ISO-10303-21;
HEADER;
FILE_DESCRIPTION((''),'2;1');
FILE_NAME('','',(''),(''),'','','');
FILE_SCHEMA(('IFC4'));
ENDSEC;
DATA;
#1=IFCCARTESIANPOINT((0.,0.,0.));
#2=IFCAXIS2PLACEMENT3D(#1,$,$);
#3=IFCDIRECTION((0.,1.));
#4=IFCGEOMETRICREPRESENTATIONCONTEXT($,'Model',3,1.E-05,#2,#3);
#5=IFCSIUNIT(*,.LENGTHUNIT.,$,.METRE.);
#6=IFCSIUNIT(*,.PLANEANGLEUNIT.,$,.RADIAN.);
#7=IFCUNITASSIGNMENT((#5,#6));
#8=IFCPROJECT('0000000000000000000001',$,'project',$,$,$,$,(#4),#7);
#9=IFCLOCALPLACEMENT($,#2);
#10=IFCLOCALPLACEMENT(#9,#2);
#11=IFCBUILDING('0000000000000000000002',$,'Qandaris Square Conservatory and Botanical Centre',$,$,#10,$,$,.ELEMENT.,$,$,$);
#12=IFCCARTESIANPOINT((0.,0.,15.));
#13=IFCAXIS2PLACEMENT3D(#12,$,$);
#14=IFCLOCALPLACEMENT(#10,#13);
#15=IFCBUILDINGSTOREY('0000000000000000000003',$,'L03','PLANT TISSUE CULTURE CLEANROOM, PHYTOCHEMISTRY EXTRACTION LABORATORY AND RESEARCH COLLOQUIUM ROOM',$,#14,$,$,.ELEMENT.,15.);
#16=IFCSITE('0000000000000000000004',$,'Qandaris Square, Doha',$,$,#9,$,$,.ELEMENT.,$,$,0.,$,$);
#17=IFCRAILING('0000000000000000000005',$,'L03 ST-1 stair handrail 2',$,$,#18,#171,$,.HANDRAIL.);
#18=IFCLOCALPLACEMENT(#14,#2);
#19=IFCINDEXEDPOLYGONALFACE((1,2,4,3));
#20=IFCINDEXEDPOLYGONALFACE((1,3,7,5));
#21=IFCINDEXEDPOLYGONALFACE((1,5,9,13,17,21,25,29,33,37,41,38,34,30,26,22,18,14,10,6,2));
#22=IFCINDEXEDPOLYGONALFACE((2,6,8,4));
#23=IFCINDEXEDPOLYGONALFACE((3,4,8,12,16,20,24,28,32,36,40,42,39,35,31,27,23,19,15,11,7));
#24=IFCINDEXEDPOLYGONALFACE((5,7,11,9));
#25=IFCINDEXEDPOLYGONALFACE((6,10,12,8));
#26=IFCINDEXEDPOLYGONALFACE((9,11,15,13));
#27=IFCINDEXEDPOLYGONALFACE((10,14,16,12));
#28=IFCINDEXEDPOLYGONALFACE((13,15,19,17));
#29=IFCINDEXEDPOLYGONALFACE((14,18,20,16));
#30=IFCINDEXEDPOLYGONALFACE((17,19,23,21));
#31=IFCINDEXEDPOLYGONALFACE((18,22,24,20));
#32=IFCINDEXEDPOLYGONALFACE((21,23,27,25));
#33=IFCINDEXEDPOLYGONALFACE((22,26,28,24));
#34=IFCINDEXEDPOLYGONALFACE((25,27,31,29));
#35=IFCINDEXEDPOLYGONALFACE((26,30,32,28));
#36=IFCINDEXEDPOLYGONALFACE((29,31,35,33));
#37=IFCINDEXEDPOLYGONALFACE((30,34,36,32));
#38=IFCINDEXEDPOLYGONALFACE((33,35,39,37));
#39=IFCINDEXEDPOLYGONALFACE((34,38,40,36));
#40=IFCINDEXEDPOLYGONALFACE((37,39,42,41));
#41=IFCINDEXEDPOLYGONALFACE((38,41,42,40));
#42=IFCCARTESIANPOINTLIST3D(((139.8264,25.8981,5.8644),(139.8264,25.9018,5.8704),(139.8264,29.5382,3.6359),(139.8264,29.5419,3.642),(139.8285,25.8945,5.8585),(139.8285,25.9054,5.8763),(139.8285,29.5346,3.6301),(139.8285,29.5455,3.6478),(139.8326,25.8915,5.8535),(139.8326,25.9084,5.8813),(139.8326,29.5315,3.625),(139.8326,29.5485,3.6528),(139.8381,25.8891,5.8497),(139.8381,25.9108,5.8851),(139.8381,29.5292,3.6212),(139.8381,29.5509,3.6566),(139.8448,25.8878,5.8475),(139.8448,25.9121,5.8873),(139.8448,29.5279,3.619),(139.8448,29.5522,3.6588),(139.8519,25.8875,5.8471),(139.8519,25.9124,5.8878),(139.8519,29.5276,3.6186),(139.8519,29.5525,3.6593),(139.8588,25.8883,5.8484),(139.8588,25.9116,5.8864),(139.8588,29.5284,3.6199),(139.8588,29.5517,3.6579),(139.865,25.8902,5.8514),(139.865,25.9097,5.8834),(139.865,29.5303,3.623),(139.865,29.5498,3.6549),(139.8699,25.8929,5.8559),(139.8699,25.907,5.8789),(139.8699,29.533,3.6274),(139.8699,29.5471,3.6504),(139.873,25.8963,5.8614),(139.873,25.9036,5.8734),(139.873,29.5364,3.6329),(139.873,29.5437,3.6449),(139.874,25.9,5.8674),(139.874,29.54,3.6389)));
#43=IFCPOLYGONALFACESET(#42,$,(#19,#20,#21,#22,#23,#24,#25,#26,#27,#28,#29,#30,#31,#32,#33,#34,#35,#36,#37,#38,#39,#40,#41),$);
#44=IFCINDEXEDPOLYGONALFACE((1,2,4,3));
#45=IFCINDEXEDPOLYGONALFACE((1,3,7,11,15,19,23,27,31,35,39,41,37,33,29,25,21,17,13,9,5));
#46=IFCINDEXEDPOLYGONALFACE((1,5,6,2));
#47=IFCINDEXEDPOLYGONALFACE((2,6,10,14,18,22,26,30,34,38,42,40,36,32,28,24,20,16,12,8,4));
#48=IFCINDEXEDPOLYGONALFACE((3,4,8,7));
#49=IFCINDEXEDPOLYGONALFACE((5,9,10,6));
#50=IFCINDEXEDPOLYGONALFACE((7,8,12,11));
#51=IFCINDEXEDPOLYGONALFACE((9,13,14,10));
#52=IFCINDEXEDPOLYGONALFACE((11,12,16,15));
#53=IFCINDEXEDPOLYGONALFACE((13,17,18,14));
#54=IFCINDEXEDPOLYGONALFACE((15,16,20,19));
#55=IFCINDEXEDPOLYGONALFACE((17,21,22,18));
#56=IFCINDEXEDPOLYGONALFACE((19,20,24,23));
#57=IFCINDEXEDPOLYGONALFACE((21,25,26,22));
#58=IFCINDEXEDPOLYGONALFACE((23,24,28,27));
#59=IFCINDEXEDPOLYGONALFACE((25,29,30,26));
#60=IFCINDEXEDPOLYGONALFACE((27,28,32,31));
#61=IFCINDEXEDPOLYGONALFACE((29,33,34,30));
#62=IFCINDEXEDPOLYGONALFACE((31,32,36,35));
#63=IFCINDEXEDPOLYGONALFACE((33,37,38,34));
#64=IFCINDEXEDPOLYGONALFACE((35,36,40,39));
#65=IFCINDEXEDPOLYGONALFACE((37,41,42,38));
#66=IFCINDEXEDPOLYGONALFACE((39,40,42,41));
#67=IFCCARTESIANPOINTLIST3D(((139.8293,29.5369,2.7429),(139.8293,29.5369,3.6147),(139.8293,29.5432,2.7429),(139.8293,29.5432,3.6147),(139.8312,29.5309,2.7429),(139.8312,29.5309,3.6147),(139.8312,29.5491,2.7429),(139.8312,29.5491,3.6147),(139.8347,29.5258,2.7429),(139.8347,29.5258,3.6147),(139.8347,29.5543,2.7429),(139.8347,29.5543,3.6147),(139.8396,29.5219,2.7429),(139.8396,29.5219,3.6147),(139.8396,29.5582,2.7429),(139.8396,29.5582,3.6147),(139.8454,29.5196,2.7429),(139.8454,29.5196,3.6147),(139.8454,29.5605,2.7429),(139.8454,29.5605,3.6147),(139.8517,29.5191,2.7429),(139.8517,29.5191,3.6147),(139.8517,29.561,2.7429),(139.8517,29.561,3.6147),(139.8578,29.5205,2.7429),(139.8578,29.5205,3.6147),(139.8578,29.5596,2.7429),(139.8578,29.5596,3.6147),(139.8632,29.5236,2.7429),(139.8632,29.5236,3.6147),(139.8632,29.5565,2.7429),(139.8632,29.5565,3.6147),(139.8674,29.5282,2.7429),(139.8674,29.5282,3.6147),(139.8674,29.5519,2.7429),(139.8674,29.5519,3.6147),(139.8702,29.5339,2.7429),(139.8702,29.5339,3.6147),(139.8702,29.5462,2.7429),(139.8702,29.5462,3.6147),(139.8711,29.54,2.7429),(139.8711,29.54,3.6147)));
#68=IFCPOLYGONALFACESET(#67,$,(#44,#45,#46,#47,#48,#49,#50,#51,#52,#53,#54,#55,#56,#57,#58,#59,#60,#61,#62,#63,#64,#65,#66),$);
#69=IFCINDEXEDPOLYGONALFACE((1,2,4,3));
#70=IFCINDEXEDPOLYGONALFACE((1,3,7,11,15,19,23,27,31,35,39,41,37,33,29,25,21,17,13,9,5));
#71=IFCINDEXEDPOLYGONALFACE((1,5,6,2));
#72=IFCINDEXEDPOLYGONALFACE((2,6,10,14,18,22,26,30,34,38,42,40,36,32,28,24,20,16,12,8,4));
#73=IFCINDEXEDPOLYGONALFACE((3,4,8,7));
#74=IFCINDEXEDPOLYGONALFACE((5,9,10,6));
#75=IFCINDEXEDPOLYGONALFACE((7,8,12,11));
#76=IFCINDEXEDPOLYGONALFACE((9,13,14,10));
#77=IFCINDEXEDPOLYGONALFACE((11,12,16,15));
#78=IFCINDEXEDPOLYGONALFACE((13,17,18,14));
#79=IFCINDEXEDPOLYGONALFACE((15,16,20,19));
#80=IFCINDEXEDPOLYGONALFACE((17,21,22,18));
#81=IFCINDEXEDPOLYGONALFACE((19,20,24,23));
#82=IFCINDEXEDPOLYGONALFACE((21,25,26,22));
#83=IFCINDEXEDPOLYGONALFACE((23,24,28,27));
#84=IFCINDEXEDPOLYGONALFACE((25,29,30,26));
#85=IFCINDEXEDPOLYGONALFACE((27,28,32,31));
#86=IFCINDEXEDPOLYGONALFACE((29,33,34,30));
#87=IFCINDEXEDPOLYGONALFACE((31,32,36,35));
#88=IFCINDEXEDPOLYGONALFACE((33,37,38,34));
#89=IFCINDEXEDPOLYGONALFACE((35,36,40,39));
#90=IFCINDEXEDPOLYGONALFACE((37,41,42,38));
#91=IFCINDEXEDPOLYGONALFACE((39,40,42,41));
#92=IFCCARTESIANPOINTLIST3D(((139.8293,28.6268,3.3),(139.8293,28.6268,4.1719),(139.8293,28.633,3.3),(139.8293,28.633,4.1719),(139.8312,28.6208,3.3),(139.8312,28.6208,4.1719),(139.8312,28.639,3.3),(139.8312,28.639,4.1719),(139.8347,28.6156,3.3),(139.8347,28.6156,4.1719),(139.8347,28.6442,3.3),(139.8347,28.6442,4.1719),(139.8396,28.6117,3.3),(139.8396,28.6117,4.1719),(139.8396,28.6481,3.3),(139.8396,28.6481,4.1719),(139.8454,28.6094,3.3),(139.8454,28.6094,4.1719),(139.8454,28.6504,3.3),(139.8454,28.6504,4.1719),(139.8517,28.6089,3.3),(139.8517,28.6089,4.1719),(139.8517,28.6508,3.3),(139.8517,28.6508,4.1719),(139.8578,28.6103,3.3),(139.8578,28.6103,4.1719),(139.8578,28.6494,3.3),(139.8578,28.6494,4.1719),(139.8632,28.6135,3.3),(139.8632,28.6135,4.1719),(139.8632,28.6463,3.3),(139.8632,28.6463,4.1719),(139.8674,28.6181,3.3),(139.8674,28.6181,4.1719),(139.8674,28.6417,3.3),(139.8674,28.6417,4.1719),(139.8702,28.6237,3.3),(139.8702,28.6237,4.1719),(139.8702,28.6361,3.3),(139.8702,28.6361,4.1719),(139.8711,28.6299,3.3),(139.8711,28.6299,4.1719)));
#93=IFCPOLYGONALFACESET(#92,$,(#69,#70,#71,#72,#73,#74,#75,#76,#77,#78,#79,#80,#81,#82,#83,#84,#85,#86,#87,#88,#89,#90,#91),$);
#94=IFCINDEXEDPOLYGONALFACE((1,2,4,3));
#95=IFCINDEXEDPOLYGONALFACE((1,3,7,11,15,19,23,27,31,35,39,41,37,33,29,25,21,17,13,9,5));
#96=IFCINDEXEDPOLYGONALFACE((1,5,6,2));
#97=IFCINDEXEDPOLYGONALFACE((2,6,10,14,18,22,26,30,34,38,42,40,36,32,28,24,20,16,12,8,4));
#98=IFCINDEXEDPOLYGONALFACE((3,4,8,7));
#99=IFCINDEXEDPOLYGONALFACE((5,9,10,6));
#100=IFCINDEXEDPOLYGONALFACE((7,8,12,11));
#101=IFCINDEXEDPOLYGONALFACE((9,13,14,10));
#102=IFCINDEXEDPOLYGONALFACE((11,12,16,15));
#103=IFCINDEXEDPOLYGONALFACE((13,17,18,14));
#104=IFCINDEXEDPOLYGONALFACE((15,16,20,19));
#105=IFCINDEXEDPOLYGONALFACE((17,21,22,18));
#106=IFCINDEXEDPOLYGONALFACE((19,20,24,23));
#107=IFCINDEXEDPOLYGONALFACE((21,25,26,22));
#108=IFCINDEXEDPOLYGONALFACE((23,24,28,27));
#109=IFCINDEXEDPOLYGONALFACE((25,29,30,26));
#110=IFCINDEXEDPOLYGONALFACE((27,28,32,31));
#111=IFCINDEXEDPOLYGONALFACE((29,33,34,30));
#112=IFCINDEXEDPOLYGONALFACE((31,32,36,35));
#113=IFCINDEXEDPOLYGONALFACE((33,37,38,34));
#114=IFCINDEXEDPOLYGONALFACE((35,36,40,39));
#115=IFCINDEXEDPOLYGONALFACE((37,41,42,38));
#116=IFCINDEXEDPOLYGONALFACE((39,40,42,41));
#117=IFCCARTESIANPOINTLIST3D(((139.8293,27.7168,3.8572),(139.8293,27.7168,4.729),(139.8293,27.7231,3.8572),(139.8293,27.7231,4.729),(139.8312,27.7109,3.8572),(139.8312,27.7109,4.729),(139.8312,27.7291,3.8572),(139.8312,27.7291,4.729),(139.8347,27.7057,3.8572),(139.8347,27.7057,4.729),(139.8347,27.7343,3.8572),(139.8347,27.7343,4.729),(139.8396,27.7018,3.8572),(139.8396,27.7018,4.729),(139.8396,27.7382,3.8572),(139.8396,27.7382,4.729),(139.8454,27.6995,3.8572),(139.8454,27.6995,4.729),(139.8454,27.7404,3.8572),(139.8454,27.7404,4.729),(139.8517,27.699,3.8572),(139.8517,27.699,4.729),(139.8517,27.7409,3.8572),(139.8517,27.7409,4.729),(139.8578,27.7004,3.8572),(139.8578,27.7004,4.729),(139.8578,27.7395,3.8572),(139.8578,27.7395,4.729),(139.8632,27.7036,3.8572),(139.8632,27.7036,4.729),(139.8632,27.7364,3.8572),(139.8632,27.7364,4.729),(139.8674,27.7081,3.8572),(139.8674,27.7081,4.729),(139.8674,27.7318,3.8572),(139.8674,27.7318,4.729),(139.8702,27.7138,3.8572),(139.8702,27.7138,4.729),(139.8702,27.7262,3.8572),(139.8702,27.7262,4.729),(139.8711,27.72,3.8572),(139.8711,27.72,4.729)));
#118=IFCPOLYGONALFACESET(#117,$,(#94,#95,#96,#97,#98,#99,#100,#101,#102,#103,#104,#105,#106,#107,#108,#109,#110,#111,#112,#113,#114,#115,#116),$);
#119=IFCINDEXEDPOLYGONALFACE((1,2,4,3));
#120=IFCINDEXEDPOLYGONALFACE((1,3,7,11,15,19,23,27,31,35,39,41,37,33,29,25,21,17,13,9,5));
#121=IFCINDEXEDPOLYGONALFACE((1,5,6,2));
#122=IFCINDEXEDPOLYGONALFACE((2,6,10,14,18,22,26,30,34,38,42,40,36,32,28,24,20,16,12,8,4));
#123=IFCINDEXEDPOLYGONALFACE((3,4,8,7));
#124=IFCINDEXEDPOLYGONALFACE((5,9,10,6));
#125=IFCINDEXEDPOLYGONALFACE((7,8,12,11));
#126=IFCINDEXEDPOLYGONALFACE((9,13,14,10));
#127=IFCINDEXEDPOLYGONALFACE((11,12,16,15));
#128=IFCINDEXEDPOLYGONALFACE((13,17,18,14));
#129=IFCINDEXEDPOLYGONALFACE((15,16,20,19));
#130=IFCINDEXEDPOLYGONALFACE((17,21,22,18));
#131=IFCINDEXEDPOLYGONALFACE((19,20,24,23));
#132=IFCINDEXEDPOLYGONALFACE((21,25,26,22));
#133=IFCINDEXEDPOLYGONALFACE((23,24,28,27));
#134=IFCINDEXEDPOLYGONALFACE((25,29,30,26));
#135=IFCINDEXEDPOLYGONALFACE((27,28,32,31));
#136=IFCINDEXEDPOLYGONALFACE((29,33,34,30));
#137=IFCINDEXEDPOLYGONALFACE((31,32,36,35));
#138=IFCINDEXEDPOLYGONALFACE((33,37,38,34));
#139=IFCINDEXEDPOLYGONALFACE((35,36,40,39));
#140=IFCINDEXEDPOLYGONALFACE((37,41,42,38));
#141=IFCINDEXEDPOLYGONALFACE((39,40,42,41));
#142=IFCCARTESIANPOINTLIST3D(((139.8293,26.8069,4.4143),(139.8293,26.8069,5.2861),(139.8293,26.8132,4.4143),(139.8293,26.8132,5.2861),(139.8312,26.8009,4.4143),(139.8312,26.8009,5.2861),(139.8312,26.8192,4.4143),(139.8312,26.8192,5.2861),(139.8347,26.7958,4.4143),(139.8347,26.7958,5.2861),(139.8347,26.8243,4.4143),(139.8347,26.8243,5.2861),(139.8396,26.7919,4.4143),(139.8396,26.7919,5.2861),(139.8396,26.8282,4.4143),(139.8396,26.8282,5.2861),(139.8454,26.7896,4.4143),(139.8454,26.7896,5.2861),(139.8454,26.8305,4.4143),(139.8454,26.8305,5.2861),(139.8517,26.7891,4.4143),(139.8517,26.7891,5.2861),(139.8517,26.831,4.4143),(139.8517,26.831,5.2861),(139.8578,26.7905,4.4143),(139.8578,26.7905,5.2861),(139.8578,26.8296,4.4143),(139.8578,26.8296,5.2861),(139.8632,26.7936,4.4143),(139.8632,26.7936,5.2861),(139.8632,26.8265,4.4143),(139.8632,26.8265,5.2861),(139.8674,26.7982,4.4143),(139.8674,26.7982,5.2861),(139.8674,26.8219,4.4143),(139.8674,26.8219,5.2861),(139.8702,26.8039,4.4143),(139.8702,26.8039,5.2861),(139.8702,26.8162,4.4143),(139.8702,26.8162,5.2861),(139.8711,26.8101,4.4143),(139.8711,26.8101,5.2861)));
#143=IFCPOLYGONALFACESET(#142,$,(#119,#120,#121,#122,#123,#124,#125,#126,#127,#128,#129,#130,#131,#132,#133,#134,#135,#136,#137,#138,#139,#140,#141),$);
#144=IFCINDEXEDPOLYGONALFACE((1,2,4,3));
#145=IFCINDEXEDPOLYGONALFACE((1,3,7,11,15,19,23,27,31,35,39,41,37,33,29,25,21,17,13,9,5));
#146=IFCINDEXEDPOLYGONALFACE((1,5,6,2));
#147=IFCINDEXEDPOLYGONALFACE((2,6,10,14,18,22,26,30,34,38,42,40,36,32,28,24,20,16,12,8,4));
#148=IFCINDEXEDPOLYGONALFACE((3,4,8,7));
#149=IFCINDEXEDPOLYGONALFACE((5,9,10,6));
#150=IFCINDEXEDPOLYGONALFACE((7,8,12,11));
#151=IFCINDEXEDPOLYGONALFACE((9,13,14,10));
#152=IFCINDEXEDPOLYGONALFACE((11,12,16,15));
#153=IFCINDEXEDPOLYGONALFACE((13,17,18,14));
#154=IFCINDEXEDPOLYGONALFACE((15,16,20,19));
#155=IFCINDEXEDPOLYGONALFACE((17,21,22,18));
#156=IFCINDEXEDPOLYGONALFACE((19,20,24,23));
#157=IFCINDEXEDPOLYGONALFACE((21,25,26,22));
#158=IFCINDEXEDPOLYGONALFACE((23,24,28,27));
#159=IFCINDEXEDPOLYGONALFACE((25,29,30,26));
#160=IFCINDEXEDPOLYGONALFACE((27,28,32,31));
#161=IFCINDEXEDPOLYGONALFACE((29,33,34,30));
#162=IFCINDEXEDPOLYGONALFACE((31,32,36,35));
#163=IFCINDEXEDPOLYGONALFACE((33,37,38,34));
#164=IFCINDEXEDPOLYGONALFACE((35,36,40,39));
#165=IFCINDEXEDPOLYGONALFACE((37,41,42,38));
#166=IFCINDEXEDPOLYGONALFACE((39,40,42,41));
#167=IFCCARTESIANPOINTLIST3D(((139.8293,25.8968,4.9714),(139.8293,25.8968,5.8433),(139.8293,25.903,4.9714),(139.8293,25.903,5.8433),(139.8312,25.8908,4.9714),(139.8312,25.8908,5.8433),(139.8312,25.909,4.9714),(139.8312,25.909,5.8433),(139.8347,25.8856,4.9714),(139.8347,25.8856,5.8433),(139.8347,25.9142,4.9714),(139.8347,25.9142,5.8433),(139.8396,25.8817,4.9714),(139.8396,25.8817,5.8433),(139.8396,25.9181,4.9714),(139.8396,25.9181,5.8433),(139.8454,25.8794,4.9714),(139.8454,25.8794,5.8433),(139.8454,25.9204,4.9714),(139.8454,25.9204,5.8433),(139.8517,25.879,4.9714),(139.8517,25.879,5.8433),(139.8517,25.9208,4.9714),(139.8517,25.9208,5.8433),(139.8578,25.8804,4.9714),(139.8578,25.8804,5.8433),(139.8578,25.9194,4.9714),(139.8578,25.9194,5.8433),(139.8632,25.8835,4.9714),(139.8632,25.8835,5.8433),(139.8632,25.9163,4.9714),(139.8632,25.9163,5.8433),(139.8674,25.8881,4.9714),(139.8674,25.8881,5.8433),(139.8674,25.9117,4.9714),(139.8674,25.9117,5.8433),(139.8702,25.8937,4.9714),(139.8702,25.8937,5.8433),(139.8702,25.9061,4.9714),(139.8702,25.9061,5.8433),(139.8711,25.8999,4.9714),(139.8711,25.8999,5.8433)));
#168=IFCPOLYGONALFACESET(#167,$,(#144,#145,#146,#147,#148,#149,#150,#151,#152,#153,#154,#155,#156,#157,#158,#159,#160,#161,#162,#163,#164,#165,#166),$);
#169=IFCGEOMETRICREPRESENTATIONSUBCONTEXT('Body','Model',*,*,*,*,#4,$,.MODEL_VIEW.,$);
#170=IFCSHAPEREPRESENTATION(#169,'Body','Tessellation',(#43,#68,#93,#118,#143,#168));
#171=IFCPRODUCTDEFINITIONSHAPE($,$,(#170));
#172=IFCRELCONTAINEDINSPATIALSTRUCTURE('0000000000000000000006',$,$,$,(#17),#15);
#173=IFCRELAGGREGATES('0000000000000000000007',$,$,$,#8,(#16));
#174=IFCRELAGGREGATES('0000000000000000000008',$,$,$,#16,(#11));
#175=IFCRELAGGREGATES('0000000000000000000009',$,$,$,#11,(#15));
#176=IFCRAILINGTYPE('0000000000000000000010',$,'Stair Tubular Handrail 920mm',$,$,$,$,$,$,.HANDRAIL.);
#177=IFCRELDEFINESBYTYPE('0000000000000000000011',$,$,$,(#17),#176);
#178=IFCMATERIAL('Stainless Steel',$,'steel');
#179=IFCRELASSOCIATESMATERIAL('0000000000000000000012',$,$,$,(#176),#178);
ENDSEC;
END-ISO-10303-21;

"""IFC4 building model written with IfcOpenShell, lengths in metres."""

from ifc_helpers import new_model, si_unit, direction, frame, origin, origin_2d, place, context, subcontext, project, spatial, circle, extrude, material, type_object, element, save


model = new_model("IFC4")

# Units and contexts
model_context = context("Model", 3, precision=1e-05, world=origin(), true_north=direction((0.0, 1.0)))
body_context = subcontext(model_context, "Body", "Model", "MODEL_VIEW")
ifc_project = project(units=[si_unit("LENGTHUNIT", "METRE"), si_unit("PLANEANGLEUNIT", "RADIAN")], contexts=[model_context])

# Site, building, storey
site_placement = place(None, origin())
site = spatial("IfcSite", under=ifc_project, at=site_placement, Name="Qandaris Square, Doha", CompositionType="ELEMENT", RefElevation=0.0)
building_placement = place(site_placement, origin())
building = spatial("IfcBuilding", under=site, at=building_placement, Name="Qandaris Square Conservatory and Botanical Centre", CompositionType="ELEMENT")
storey_placement = place(building_placement, frame((0.0, 0.0, 15.0)))
storey = spatial("IfcBuildingStorey", under=building, at=storey_placement, Name="L03", Description="PLANT TISSUE CULTURE CLEANROOM, PHYTOCHEMISTRY EXTRACTION LABORATORY AND RESEARCH COLLOQUIUM ROOM", CompositionType="ELEMENT", Elevation=15.0)

# Railing
ifc_material_1 = material(Name="Stainless Steel", Category="steel")
railing_type_1 = type_object("IfcRailingType", Name="Stair Tubular Handrail 920mm", PredefinedType="HANDRAIL", material=ifc_material_1)
railing_1_placement = place(storey_placement, frame((139.8501, 29.54, 2.7429)))
element("IfcRailing", 1, at=railing_1_placement, inside=storey, type_object=railing_type_1, Name="L03 ST-1 stair handrail 2", PredefinedType="HANDRAIL", context=body_context, shape_type="SweptSolid", body=[
    extrude(circle(Radius=0.0239, at=origin_2d()), frame((0.0, 0.0, 0.896), z_axis=(0.0, -0.852866, 0.52213), x_axis=(1.0, 0.0, 0.0)), (0.0, 0.0, 1.0), 4.2681),
    extrude(circle(Radius=0.021, at=origin_2d()), origin(), (0.0, 0.0, 1.0), 0.8718),
    extrude(circle(Radius=0.021, at=origin_2d()), frame((0.0, -0.9102, 0.5571)), (0.0, 0.0, 1.0), 0.8718),
    extrude(circle(Radius=0.021, at=origin_2d()), frame((0.0, -1.8201, 1.1143)), (0.0, 0.0, 1.0), 0.8718),
    extrude(circle(Radius=0.021, at=origin_2d()), frame((0.0, -2.73, 1.6714)), (0.0, 0.0, 1.0), 0.8718),
    extrude(circle(Radius=0.021, at=origin_2d()), frame((0.0, -3.6401, 2.2285)), (0.0, 0.0, 1.0), 0.8718),
])

save(model, "model.ifc")
